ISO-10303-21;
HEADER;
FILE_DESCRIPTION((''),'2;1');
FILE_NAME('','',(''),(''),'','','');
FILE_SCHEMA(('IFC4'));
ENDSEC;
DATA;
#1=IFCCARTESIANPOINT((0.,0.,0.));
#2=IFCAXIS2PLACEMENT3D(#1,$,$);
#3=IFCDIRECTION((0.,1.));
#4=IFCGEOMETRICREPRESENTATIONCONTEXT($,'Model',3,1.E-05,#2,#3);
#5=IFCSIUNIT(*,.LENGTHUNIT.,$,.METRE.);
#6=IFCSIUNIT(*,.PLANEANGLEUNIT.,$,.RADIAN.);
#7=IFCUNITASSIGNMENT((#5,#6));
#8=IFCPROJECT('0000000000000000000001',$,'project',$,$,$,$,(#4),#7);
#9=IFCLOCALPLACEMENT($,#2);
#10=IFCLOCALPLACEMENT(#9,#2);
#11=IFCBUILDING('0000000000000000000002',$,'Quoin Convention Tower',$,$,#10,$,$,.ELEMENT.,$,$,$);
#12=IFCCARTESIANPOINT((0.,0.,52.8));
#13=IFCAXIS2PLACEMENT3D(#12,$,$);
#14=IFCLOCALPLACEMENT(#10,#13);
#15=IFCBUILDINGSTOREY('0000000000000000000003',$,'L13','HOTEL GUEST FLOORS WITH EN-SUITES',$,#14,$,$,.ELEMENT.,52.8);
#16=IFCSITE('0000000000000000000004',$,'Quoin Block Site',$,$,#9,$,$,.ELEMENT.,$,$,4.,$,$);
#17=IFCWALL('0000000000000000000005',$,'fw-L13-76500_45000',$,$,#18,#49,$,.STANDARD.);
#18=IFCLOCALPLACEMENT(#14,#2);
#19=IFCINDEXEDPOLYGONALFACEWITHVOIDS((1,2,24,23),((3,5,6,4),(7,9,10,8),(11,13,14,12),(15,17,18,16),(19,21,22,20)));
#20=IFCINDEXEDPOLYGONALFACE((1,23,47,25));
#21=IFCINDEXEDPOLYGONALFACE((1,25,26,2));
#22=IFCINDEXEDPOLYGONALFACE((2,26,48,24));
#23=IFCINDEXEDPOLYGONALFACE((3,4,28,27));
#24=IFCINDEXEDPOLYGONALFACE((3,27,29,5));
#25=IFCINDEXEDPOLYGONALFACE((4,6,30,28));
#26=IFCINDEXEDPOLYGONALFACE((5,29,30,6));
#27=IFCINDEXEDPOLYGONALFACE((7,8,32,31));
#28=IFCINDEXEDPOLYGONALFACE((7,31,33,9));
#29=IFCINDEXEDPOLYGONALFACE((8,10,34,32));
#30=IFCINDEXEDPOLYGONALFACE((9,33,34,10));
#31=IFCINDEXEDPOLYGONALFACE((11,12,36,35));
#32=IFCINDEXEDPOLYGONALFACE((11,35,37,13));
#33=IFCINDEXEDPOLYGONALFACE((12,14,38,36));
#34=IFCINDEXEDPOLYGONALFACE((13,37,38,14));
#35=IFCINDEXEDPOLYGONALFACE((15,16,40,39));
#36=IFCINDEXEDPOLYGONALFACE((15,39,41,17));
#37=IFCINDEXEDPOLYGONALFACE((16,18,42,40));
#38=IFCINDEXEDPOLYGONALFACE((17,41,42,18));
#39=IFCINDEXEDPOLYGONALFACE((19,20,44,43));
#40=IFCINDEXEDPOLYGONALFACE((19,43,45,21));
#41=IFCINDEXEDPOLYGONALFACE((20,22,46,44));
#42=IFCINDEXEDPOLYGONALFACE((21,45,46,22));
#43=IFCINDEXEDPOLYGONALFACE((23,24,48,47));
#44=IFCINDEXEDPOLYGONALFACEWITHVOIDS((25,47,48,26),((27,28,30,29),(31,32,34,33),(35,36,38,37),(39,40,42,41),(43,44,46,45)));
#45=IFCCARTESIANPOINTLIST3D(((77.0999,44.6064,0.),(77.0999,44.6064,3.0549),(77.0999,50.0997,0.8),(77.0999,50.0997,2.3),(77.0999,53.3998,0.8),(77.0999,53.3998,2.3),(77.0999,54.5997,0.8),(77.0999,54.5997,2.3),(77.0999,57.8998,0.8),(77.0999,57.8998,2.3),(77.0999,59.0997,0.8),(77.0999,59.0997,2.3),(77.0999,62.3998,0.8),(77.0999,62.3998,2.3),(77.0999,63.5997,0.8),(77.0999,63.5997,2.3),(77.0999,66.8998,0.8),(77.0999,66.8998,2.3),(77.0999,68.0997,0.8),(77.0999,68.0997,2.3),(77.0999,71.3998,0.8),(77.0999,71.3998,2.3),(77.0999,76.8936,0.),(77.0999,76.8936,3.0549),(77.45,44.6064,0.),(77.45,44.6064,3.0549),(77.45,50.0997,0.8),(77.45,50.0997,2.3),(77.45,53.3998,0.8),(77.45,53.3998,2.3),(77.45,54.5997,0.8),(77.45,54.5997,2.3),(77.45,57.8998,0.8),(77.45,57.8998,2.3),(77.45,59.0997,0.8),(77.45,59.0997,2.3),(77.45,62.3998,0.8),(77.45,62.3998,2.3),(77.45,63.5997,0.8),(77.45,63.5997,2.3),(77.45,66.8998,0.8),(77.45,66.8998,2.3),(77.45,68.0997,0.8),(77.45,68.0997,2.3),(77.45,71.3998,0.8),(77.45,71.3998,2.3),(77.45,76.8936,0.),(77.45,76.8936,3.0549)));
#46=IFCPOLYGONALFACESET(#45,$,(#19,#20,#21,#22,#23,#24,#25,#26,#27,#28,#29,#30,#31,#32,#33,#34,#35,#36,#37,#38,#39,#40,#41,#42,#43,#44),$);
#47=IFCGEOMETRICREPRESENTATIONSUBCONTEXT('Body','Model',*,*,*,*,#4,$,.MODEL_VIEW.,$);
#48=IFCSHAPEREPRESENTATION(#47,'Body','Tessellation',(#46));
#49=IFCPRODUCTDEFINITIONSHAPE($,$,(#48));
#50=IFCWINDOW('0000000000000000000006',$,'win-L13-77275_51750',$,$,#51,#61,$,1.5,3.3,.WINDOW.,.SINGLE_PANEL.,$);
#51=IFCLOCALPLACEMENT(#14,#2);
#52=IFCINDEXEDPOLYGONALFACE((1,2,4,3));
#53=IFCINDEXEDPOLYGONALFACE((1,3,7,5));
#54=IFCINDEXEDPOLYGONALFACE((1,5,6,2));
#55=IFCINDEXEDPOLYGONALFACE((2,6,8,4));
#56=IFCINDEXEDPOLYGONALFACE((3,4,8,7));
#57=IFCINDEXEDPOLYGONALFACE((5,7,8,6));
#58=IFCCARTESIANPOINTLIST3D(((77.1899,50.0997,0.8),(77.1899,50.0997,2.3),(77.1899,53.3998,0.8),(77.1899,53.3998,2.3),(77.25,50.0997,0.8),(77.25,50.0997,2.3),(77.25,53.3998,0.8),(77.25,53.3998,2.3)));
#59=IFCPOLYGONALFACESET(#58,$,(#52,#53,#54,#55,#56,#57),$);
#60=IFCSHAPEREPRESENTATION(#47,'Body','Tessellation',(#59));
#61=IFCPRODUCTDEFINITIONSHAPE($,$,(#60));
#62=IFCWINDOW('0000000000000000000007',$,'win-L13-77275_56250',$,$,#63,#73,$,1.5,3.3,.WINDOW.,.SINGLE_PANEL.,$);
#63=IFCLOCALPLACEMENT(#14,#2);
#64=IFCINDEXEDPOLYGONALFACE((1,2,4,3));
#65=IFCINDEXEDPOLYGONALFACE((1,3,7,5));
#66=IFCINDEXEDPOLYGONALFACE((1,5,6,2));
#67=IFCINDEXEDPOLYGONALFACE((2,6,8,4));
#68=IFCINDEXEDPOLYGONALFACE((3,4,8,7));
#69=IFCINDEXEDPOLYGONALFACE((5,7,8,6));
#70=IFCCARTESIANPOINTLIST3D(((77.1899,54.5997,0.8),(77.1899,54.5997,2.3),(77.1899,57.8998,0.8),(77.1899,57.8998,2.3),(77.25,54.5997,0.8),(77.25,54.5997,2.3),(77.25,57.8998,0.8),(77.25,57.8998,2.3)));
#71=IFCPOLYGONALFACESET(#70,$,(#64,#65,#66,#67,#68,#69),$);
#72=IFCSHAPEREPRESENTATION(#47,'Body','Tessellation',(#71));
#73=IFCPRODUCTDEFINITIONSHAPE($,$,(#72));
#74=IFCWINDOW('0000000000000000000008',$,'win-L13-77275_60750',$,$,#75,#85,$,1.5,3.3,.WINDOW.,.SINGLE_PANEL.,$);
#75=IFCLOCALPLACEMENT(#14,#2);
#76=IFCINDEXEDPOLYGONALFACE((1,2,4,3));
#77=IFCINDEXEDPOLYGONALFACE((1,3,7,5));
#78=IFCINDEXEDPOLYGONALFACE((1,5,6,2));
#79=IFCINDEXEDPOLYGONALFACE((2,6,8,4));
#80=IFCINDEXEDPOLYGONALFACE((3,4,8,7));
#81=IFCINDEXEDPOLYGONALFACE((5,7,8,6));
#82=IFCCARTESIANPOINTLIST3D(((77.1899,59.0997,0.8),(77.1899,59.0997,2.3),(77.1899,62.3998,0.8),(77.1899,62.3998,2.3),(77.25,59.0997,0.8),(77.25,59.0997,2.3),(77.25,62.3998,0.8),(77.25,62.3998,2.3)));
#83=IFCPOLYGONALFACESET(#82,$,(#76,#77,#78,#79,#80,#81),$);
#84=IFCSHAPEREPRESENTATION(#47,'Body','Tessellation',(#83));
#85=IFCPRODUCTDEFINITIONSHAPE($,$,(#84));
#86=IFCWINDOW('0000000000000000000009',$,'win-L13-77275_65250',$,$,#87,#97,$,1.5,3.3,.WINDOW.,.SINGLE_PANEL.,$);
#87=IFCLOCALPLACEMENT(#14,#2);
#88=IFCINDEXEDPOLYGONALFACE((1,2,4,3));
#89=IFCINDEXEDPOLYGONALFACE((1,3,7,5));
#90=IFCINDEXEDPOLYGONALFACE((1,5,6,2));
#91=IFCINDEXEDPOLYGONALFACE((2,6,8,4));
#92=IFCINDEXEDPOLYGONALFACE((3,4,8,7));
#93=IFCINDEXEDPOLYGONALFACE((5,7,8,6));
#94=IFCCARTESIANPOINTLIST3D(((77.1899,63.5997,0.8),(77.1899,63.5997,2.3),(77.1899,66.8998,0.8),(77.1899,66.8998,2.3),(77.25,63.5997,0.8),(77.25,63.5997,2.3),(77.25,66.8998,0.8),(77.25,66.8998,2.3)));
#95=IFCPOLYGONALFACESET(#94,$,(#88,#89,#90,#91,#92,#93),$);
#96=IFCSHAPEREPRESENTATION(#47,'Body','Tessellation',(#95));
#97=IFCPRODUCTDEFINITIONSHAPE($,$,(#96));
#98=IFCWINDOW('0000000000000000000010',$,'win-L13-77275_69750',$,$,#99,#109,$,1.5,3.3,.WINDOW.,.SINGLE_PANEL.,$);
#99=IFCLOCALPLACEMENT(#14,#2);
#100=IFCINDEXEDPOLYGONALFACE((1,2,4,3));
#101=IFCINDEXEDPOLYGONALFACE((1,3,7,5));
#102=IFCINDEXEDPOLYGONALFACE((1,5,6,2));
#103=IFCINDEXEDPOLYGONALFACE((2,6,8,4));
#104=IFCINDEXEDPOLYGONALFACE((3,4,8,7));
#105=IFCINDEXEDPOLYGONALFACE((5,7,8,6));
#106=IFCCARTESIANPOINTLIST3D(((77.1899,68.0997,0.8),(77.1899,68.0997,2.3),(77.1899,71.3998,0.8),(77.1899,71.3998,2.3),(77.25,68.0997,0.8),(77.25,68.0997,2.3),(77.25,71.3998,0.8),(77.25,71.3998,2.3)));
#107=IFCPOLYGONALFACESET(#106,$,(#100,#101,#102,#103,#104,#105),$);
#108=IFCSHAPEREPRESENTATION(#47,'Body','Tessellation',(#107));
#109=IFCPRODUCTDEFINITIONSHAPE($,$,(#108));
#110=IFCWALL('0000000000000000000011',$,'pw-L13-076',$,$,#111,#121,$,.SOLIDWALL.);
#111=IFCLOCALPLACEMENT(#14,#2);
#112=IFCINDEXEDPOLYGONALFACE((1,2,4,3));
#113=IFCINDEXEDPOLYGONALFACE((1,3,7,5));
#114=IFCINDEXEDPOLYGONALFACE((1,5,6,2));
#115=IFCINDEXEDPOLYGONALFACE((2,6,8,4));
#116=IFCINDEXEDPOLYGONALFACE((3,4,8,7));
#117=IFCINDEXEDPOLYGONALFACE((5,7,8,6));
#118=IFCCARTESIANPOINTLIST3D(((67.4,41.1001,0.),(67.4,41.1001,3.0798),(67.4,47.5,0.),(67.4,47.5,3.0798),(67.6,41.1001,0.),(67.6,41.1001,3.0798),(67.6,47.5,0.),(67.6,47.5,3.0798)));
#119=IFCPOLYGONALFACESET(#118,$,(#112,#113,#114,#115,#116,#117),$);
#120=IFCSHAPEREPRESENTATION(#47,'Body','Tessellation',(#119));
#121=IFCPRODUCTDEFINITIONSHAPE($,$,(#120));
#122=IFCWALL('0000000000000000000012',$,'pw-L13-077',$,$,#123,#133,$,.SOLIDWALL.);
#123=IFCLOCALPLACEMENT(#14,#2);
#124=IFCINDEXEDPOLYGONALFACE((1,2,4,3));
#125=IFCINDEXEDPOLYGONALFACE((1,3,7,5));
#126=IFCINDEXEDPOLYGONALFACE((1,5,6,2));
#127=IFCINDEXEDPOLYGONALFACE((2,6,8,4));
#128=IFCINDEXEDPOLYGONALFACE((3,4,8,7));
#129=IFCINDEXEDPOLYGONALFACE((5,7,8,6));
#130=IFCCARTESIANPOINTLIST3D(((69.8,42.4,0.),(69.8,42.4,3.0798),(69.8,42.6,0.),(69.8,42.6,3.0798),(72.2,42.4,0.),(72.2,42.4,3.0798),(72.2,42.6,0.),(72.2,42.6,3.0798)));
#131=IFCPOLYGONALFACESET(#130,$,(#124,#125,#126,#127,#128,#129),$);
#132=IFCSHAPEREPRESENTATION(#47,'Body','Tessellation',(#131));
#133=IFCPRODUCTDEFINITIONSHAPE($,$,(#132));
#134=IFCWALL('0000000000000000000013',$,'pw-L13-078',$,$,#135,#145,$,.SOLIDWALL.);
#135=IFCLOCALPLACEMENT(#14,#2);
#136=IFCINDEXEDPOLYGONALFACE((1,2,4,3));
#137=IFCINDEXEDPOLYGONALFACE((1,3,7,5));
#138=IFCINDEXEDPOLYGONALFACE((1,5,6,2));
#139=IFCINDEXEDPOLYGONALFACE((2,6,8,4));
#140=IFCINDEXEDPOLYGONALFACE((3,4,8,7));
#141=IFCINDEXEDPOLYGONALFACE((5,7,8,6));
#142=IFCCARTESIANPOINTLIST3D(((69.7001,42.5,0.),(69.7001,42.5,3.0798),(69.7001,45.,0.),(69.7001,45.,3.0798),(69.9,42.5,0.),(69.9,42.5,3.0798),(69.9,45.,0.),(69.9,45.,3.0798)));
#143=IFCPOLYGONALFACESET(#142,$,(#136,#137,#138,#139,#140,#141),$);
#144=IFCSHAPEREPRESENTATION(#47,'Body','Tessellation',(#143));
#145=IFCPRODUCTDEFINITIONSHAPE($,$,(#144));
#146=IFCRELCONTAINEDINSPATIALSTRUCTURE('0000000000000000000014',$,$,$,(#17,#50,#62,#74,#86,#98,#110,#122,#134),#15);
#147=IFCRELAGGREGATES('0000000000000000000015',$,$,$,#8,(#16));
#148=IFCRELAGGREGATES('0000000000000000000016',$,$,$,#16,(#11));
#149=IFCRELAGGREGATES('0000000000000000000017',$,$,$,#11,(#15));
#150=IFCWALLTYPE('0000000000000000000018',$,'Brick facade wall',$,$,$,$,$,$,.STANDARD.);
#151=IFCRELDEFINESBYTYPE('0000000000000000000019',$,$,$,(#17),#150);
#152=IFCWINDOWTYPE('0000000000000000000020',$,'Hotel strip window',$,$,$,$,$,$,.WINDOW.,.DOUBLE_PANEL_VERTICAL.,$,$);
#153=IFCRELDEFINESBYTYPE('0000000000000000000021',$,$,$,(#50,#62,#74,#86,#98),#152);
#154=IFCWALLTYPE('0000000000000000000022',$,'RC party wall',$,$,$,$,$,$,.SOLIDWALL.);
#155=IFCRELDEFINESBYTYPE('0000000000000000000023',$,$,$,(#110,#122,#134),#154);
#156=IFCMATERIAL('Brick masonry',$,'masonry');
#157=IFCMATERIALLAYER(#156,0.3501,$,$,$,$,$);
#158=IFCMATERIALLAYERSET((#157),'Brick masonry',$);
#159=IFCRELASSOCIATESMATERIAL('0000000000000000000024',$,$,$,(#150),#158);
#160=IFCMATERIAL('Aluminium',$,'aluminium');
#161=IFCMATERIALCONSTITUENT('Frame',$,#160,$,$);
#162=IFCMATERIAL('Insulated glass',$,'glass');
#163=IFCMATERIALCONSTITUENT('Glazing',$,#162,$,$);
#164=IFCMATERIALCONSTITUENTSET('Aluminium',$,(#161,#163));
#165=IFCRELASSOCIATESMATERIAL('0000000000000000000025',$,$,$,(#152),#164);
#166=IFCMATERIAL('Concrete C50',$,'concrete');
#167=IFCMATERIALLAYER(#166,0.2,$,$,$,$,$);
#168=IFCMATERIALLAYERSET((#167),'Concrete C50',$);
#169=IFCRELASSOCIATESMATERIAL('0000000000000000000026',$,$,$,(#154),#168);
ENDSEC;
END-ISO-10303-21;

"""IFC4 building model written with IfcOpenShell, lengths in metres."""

from ifc_helpers import new_model, si_unit, direction, frame, frame_2d, origin, place, context, subcontext, project, spatial, rectangle, extrude, material, layer, layer_set, constituent, constituent_set, type_object, element, fill, save


model = new_model("IFC4")

# Units and contexts
model_context = context("Model", 3, precision=1e-05, world=origin(), true_north=direction((0.0, 1.0)))
body_context = subcontext(model_context, "Body", "Model", "MODEL_VIEW")
ifc_project = project(units=[si_unit("LENGTHUNIT", "METRE"), si_unit("PLANEANGLEUNIT", "RADIAN")], contexts=[model_context])

# Site, building, storey
site_placement = place(None, origin())
site = spatial("IfcSite", under=ifc_project, at=site_placement, Name="Quoin Block Site", CompositionType="ELEMENT", RefElevation=4.0)
building_placement = place(site_placement, origin())
building = spatial("IfcBuilding", under=site, at=building_placement, Name="Quoin Convention Tower", CompositionType="ELEMENT")
storey_placement = place(building_placement, frame((0.0, 0.0, 52.8)))
storey = spatial("IfcBuildingStorey", under=building, at=storey_placement, Name="L13", Description="HOTEL GUEST FLOORS WITH EN-SUITES", CompositionType="ELEMENT", Elevation=52.8)

# Shared definitions
ifc_material_1 = material(Name="Brick masonry", Category="masonry")
ifc_layer_1 = layer(ifc_material_1, 0.3501)
ifc_layer_set_1 = layer_set([ifc_layer_1], Name="Brick masonry")
wall_type_1 = type_object("IfcWallType", Name="Brick facade wall", PredefinedType="STANDARD", material=ifc_layer_set_1)
ifc_material_2 = material(Name="Aluminium", Category="aluminium")
ifc_constituent_1 = constituent(ifc_material_2, Name="Frame")
ifc_material_3 = material(Name="Insulated glass", Category="glass")
ifc_constituent_2 = constituent(ifc_material_3, Name="Glazing")
ifc_constituent_set = constituent_set(constituents=[ifc_constituent_1, ifc_constituent_2], Name="Aluminium")
window_type = type_object("IfcWindowType", Name="Hotel strip window", PartitioningType="DOUBLE_PANEL_VERTICAL", PredefinedType="WINDOW", material=ifc_constituent_set)

# Wall, openings, windows
wall_1_placement = place(storey_placement, frame((77.2749, 44.6064, 0.0), z_axis=(0.0, 0.0, 1.0), x_axis=(0.0, 1.0, 0.0)))
wall_1 = element("IfcWall", 1, at=wall_1_placement, inside=storey, type_object=wall_type_1, Name="fw-L13-76500_45000", PredefinedType="STANDARD", context=body_context, shape_type="SweptSolid", body=[
    extrude(rectangle(XDim=32.2871, YDim=0.3501, at=frame_2d((16.1436, 0.0))), origin(), (0.0, 0.0, 1.0), 3.0549),
])
opening_1_placement = place(wall_1_placement, frame((5.4934, 0.0, 0.8)))
opening_1 = element("IfcOpeningElement", 2, at=opening_1_placement, cuts=wall_1, PredefinedType="OPENING", context=body_context, shape_type="SweptSolid", body=[
    extrude(rectangle(XDim=3.3, YDim=1.5, at=frame_2d((1.6499, 0.75))), frame((0.0, 0.1851, 0.0), z_axis=(0.0, -1.0, 0.0), x_axis=(1.0, 0.0, 0.0)), (0.0, 0.0, 1.0), 0.3701),
])
opening_2_placement = place(wall_1_placement, frame((9.9934, 0.0, 0.8)))
opening_2 = element("IfcOpeningElement", 3, at=opening_2_placement, cuts=wall_1, PredefinedType="OPENING", context=body_context, shape_type="SweptSolid", body=[
    extrude(rectangle(XDim=3.3, YDim=1.5, at=frame_2d((1.6499, 0.75))), frame((0.0, 0.1851, 0.0), z_axis=(0.0, -1.0, 0.0), x_axis=(1.0, 0.0, 0.0)), (0.0, 0.0, 1.0), 0.3701),
])
opening_3_placement = place(wall_1_placement, frame((14.4934, 0.0, 0.8)))
opening_3 = element("IfcOpeningElement", 4, at=opening_3_placement, cuts=wall_1, PredefinedType="OPENING", context=body_context, shape_type="SweptSolid", body=[
    extrude(rectangle(XDim=3.3, YDim=1.5, at=frame_2d((1.6499, 0.75))), frame((0.0, 0.1851, 0.0), z_axis=(0.0, -1.0, 0.0), x_axis=(1.0, 0.0, 0.0)), (0.0, 0.0, 1.0), 0.3701),
])
opening_4_placement = place(wall_1_placement, frame((18.9934, 0.0, 0.8)))
opening_4 = element("IfcOpeningElement", 5, at=opening_4_placement, cuts=wall_1, PredefinedType="OPENING", context=body_context, shape_type="SweptSolid", body=[
    extrude(rectangle(XDim=3.3, YDim=1.5, at=frame_2d((1.6499, 0.75))), frame((0.0, 0.1851, 0.0), z_axis=(0.0, -1.0, 0.0), x_axis=(1.0, 0.0, 0.0)), (0.0, 0.0, 1.0), 0.3701),
])
opening_5_placement = place(wall_1_placement, frame((23.4934, 0.0, 0.8)))
opening_5 = element("IfcOpeningElement", 6, at=opening_5_placement, cuts=wall_1, PredefinedType="OPENING", context=body_context, shape_type="SweptSolid", body=[
    extrude(rectangle(XDim=3.3, YDim=1.5, at=frame_2d((1.6499, 0.75))), frame((0.0, 0.1851, 0.0), z_axis=(0.0, -1.0, 0.0), x_axis=(1.0, 0.0, 0.0)), (0.0, 0.0, 1.0), 0.3701),
])
window_1_placement = place(opening_1_placement, origin())
window_1 = element("IfcWindow", 7, at=window_1_placement, inside=storey, type_object=window_type, Name="win-L13-77275_51750", OverallHeight=1.5, OverallWidth=3.3, PartitioningType="SINGLE_PANEL", PredefinedType="WINDOW", context=body_context, shape_type="SweptSolid", body=[
    extrude(rectangle(XDim=3.3, YDim=1.5, at=frame_2d((1.6499, 0.75))), frame((0.0, 0.085, 0.0), z_axis=(0.0, -1.0, 0.0), x_axis=(1.0, 0.0, 0.0)), (0.0, 0.0, 1.0), 0.0601),
])
fill(opening_1, window_1)
window_2_placement = place(opening_2_placement, origin())
window_2 = element("IfcWindow", 8, at=window_2_placement, inside=storey, type_object=window_type, Name="win-L13-77275_56250", OverallHeight=1.5, OverallWidth=3.3, PartitioningType="SINGLE_PANEL", PredefinedType="WINDOW", context=body_context, shape_type="SweptSolid", body=[
    extrude(rectangle(XDim=3.3, YDim=1.5, at=frame_2d((1.6499, 0.75))), frame((0.0, 0.085, 0.0), z_axis=(0.0, -1.0, 0.0), x_axis=(1.0, 0.0, 0.0)), (0.0, 0.0, 1.0), 0.0601),
])
fill(opening_2, window_2)
window_3_placement = place(opening_3_placement, origin())
window_3 = element("IfcWindow", 9, at=window_3_placement, inside=storey, type_object=window_type, Name="win-L13-77275_60750", OverallHeight=1.5, OverallWidth=3.3, PartitioningType="SINGLE_PANEL", PredefinedType="WINDOW", context=body_context, shape_type="SweptSolid", body=[
    extrude(rectangle(XDim=3.3, YDim=1.5, at=frame_2d((1.6499, 0.75))), frame((0.0, 0.085, 0.0), z_axis=(0.0, -1.0, 0.0), x_axis=(1.0, 0.0, 0.0)), (0.0, 0.0, 1.0), 0.0601),
])
fill(opening_3, window_3)
window_4_placement = place(opening_4_placement, origin())
window_4 = element("IfcWindow", 10, at=window_4_placement, inside=storey, type_object=window_type, Name="win-L13-77275_65250", OverallHeight=1.5, OverallWidth=3.3, PartitioningType="SINGLE_PANEL", PredefinedType="WINDOW", context=body_context, shape_type="SweptSolid", body=[
    extrude(rectangle(XDim=3.3, YDim=1.5, at=frame_2d((1.6499, 0.75))), frame((0.0, 0.085, 0.0), z_axis=(0.0, -1.0, 0.0), x_axis=(1.0, 0.0, 0.0)), (0.0, 0.0, 1.0), 0.0601),
])
fill(opening_4, window_4)
window_5_placement = place(opening_5_placement, origin())
window_5 = element("IfcWindow", 11, at=window_5_placement, inside=storey, type_object=window_type, Name="win-L13-77275_69750", OverallHeight=1.5, OverallWidth=3.3, PartitioningType="SINGLE_PANEL", PredefinedType="WINDOW", context=body_context, shape_type="SweptSolid", body=[
    extrude(rectangle(XDim=3.3, YDim=1.5, at=frame_2d((1.6499, 0.75))), frame((0.0, 0.085, 0.0), z_axis=(0.0, -1.0, 0.0), x_axis=(1.0, 0.0, 0.0)), (0.0, 0.0, 1.0), 0.0601),
])
fill(opening_5, window_5)

# Walls
ifc_material_4 = material(Name="Concrete C50", Category="concrete")
ifc_layer_2 = layer(ifc_material_4, 0.2)
ifc_layer_set_2 = layer_set([ifc_layer_2], Name="Concrete C50")
wall_type_2 = type_object("IfcWallType", Name="RC party wall", PredefinedType="SOLIDWALL", material=ifc_layer_set_2)
wall_2_placement = place(storey_placement, frame((67.5, 41.1001, 0.0), z_axis=(0.0, 0.0, 1.0), x_axis=(0.0, 1.0, 0.0)))
element("IfcWall", 12, at=wall_2_placement, inside=storey, type_object=wall_type_2, Name="pw-L13-076", PredefinedType="SOLIDWALL", context=body_context, shape_type="SweptSolid", body=[
    extrude(rectangle(XDim=6.3999, YDim=0.2, at=frame_2d((3.2, 0.0))), origin(), (0.0, 0.0, 1.0), 3.0798),
])
wall_3_placement = place(storey_placement, frame((69.8, 42.5, 0.0), z_axis=(0.0, 0.0, 1.0), x_axis=(1.0, 0.0, 0.0)))
element("IfcWall", 13, at=wall_3_placement, inside=storey, type_object=wall_type_2, Name="pw-L13-077", PredefinedType="SOLIDWALL", context=body_context, shape_type="SweptSolid", body=[
    extrude(rectangle(XDim=2.3999, YDim=0.2, at=frame_2d((1.2, 0.0))), origin(), (0.0, 0.0, 1.0), 3.0798),
])
wall_4_placement = place(storey_placement, frame((69.8, 42.5, 0.0), z_axis=(0.0, 0.0, 1.0), x_axis=(0.0, 1.0, 0.0)))
element("IfcWall", 14, at=wall_4_placement, inside=storey, type_object=wall_type_2, Name="pw-L13-078", PredefinedType="SOLIDWALL", context=body_context, shape_type="SweptSolid", body=[
    extrude(rectangle(XDim=2.5, YDim=0.2, at=frame_2d((1.25, 0.0))), origin(), (0.0, 0.0, 1.0), 3.0798),
])

save(model, "model.ifc")
